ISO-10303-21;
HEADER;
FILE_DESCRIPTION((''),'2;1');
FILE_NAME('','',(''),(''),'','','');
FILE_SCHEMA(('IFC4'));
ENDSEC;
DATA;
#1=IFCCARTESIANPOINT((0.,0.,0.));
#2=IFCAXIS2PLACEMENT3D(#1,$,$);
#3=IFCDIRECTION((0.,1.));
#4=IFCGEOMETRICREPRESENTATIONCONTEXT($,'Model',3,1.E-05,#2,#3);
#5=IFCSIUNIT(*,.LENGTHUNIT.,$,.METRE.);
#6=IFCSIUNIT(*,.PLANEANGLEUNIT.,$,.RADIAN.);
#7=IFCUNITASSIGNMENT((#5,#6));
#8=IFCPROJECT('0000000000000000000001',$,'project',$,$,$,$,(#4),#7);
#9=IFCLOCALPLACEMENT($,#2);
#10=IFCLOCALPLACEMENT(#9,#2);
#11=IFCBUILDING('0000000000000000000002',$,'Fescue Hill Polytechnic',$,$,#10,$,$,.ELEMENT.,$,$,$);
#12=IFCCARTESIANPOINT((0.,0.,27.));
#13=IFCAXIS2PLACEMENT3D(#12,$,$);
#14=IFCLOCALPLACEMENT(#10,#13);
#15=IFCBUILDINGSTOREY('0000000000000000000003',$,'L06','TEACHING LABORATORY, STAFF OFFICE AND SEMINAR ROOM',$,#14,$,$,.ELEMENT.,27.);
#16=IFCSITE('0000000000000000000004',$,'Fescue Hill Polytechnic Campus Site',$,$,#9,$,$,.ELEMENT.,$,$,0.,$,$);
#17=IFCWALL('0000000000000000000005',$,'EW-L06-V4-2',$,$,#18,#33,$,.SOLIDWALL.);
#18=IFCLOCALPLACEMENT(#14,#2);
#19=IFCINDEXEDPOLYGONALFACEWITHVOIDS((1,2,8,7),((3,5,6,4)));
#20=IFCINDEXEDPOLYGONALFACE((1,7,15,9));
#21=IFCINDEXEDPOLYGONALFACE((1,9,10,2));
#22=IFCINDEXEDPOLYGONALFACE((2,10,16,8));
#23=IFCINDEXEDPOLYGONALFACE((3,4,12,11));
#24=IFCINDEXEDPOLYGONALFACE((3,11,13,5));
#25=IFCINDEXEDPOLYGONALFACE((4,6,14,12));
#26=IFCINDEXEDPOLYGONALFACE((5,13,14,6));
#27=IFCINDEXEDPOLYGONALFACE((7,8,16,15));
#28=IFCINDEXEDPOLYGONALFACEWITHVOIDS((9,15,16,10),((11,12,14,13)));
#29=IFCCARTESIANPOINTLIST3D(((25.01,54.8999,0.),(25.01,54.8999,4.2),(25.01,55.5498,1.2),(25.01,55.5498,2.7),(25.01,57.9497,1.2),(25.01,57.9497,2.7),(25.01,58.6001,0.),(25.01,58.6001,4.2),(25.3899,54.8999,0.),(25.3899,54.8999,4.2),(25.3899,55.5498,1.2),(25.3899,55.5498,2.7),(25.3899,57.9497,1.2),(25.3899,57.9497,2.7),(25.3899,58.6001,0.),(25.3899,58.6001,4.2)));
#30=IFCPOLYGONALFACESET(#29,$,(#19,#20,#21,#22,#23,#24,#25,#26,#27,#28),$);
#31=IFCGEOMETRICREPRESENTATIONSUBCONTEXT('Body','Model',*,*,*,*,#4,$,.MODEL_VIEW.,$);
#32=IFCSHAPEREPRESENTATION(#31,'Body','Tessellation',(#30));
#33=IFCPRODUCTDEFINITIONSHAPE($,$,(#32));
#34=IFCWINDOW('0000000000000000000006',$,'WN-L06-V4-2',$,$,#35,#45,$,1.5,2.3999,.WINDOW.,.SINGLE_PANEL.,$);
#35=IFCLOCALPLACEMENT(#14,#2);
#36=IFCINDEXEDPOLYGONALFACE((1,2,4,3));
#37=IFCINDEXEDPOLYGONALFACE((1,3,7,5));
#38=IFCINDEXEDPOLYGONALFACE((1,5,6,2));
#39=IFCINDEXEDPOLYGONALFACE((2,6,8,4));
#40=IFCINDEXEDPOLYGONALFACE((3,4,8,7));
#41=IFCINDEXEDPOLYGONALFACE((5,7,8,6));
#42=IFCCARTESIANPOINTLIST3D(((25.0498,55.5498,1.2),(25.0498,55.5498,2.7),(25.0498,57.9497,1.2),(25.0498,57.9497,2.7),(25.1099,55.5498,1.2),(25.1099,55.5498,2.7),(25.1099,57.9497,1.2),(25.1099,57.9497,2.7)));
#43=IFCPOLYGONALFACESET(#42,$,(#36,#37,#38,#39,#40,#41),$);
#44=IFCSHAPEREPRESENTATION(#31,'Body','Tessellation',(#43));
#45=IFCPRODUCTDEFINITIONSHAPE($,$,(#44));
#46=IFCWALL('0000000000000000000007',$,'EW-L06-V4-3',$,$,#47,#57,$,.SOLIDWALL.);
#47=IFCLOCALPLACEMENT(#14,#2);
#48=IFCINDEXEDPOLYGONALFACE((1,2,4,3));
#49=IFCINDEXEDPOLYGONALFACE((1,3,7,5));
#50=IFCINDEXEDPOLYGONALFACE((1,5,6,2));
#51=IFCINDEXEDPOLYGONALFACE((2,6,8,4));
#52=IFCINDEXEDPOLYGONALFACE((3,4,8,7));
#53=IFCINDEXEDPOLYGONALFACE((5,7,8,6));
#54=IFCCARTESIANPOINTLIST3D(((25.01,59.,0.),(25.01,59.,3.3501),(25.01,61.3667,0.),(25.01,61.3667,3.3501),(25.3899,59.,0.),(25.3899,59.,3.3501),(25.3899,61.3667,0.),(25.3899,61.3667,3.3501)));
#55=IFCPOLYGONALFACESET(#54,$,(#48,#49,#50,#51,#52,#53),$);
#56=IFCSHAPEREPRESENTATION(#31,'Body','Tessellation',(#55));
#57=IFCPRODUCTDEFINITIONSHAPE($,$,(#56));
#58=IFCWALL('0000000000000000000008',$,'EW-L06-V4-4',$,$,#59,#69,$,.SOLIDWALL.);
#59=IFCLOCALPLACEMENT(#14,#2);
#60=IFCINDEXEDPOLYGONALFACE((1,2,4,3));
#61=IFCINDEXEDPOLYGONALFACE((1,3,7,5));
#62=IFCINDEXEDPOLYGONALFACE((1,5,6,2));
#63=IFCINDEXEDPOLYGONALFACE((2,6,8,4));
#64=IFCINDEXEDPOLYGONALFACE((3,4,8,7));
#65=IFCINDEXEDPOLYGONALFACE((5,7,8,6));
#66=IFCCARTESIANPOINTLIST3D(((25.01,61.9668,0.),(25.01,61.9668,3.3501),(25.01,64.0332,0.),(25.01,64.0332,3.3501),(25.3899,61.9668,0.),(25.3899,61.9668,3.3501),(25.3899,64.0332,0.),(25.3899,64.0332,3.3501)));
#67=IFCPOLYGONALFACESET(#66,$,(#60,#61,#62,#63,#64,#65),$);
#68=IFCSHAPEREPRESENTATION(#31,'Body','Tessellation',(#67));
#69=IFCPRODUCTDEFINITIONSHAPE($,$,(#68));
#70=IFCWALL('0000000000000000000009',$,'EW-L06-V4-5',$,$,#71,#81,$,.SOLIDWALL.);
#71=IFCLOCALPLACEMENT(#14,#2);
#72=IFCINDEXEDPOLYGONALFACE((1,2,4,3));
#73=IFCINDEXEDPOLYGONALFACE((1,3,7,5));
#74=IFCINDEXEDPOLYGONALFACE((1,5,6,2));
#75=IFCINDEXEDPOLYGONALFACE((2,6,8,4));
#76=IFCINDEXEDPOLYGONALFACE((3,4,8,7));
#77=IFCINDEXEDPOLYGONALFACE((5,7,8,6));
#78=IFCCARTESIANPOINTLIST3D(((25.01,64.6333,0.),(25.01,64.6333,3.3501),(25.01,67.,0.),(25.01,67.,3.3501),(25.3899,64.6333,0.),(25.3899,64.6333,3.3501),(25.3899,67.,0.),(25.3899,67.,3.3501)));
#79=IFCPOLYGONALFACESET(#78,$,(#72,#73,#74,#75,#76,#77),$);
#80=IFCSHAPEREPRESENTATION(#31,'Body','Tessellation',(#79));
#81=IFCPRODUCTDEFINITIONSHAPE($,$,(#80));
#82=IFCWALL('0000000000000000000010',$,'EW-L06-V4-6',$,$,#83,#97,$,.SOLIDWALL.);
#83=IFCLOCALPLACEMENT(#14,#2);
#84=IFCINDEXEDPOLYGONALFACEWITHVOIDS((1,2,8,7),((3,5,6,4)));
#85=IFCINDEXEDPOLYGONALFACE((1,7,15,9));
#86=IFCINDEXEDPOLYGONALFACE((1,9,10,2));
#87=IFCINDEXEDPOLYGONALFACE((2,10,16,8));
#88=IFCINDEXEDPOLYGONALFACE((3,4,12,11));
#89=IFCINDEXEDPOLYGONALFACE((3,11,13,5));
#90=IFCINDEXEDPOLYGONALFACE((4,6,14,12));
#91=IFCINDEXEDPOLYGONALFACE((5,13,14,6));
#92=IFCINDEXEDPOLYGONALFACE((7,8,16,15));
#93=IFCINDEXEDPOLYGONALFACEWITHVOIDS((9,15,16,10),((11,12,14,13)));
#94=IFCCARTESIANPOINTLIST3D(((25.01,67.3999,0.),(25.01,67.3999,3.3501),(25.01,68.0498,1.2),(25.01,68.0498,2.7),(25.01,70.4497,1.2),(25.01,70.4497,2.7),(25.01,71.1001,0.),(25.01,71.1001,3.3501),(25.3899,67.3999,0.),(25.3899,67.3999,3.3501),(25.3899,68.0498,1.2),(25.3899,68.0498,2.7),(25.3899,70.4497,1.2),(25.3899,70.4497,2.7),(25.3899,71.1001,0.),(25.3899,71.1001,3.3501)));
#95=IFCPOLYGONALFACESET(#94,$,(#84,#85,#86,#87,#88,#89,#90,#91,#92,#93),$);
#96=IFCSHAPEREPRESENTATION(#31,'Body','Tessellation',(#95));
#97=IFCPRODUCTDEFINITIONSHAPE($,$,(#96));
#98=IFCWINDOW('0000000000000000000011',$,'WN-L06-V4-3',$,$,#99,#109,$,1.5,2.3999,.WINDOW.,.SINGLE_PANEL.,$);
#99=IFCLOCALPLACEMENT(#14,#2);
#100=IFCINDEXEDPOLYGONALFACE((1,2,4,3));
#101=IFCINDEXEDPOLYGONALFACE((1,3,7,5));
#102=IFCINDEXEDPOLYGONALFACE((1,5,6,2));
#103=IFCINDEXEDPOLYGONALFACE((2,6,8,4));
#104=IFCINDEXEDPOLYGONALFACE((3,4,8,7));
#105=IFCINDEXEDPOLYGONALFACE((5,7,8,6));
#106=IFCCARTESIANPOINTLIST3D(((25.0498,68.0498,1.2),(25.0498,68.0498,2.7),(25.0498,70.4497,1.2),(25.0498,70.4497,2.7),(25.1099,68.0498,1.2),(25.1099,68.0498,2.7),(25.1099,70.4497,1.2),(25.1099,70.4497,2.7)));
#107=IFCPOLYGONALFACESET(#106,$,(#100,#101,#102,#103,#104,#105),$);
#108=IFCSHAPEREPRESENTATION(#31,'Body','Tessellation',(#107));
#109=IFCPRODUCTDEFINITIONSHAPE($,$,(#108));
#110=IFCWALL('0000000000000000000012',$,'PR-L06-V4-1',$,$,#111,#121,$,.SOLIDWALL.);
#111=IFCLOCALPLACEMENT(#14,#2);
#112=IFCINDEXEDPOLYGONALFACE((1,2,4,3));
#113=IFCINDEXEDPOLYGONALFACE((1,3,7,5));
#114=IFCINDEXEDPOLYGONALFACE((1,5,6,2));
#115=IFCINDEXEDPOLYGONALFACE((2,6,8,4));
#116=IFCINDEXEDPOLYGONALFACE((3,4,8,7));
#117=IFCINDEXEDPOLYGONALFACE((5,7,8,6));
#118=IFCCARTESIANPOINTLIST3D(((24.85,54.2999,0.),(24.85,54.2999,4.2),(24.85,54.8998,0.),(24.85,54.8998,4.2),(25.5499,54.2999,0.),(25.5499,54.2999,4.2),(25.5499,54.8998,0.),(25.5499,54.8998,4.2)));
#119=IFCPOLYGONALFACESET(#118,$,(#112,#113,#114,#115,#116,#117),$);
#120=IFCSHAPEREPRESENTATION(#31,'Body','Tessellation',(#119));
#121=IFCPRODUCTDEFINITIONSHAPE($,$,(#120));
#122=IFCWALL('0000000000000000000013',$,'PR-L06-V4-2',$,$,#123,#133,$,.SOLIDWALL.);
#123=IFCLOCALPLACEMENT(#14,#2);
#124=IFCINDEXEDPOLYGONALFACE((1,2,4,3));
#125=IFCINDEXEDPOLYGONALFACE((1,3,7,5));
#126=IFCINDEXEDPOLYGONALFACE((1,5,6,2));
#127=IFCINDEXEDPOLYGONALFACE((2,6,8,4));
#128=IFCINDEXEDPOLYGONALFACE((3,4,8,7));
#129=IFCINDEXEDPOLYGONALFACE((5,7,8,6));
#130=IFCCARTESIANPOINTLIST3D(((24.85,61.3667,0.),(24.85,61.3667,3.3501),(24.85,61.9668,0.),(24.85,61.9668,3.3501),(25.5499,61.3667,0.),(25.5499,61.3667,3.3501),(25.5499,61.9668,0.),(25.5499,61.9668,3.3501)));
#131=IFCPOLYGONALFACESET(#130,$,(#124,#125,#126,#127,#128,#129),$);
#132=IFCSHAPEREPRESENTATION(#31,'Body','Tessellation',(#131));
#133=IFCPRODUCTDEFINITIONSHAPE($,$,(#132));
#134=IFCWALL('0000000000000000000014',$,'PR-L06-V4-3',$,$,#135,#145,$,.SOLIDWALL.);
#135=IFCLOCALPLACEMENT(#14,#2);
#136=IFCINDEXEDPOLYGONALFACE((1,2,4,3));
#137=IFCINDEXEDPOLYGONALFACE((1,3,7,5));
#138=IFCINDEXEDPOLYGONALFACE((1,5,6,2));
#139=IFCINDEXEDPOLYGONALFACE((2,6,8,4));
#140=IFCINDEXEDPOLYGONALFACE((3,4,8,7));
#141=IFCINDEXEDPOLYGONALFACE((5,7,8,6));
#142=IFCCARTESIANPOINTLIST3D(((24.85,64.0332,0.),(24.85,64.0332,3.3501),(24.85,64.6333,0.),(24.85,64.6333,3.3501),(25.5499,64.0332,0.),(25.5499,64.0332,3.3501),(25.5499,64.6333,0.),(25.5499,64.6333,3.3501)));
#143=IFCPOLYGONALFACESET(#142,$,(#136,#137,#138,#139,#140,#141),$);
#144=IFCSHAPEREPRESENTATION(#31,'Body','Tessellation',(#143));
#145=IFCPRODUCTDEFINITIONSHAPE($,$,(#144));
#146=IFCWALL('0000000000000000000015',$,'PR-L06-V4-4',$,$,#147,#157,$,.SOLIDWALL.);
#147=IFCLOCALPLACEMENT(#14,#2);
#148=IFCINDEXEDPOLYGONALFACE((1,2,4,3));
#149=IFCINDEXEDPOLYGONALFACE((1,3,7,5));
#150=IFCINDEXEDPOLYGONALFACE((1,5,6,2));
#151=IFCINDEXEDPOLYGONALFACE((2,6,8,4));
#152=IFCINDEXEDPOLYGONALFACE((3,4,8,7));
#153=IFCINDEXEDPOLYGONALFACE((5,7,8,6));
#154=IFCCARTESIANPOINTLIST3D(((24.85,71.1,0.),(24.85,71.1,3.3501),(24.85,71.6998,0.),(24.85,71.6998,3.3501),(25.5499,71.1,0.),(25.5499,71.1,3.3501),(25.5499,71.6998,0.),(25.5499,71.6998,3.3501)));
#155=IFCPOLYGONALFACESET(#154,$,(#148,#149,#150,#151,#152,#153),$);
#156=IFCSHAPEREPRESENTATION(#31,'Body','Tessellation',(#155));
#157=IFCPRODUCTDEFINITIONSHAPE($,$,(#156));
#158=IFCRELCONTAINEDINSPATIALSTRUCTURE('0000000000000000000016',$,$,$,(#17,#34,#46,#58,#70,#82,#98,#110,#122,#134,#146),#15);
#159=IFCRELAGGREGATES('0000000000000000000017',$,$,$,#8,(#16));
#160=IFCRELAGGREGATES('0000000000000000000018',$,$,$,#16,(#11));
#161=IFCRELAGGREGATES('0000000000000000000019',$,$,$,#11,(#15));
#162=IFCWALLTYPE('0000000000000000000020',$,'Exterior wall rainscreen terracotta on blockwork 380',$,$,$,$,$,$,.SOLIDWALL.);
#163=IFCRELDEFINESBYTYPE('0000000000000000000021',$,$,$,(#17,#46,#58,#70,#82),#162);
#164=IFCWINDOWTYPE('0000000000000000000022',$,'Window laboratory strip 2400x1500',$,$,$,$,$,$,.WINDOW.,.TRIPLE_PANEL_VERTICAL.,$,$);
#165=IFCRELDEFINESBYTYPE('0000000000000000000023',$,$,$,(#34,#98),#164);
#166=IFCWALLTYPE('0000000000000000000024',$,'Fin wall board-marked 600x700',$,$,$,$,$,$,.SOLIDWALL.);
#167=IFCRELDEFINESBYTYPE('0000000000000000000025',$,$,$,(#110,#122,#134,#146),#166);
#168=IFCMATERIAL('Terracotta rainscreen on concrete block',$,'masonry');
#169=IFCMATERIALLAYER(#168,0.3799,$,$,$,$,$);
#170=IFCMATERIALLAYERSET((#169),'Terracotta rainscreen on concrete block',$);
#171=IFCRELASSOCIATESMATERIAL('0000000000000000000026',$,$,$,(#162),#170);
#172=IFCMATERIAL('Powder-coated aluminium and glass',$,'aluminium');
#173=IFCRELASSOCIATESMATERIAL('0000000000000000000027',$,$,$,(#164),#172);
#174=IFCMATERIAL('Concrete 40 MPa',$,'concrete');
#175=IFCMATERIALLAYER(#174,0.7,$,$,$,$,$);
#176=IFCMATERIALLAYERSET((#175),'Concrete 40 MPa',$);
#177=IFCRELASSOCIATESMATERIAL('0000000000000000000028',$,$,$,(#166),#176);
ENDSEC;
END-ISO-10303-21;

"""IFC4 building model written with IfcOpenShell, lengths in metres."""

from ifc_helpers import new_model, si_unit, direction, frame, frame_2d, origin, place, context, subcontext, project, spatial, rectangle, extrude, material, layer, layer_set, type_object, element, fill, save


model = new_model("IFC4")

# Units and contexts
model_context = context("Model", 3, precision=1e-05, world=origin(), true_north=direction((0.0, 1.0)))
body_context = subcontext(model_context, "Body", "Model", "MODEL_VIEW")
ifc_project = project(units=[si_unit("LENGTHUNIT", "METRE"), si_unit("PLANEANGLEUNIT", "RADIAN")], contexts=[model_context])

# Site, building, storey
site_placement = place(None, origin())
site = spatial("IfcSite", under=ifc_project, at=site_placement, Name="Fescue Hill Polytechnic Campus Site", CompositionType="ELEMENT", RefElevation=0.0)
building_placement = place(site_placement, origin())
building = spatial("IfcBuilding", under=site, at=building_placement, Name="Fescue Hill Polytechnic", CompositionType="ELEMENT")
storey_placement = place(building_placement, frame((0.0, 0.0, 27.0)))
storey = spatial("IfcBuildingStorey", under=building, at=storey_placement, Name="L06", Description="TEACHING LABORATORY, STAFF OFFICE AND SEMINAR ROOM", CompositionType="ELEMENT", Elevation=27.0)

# Shared definitions
ifc_material_1 = material(Name="Concrete 40 MPa", Category="concrete")

# Wall, opening, window
ifc_material_2 = material(Name="Terracotta rainscreen on concrete block", Category="masonry")
ifc_layer_1 = layer(ifc_material_2, 0.3799)
ifc_layer_set_1 = layer_set([ifc_layer_1], Name="Terracotta rainscreen on concrete block")
wall_type_1 = type_object("IfcWallType", Name="Exterior wall rainscreen terracotta on blockwork 380", PredefinedType="SOLIDWALL", material=ifc_layer_set_1)
ifc_material_3 = material(Name="Powder-coated aluminium and glass", Category="aluminium")
window_type = type_object("IfcWindowType", Name="Window laboratory strip 2400x1500", PartitioningType="TRIPLE_PANEL_VERTICAL", PredefinedType="WINDOW", material=ifc_material_3)
wall_1_placement = place(storey_placement, frame((25.2, 54.8999, 0.0), z_axis=(0.0, 0.0, 1.0), x_axis=(0.0, 1.0, 0.0)))
wall_1 = element("IfcWall", 1, at=wall_1_placement, inside=storey, type_object=wall_type_1, Name="EW-L06-V4-2", PredefinedType="SOLIDWALL", context=body_context, shape_type="SweptSolid", body=[
    extrude(rectangle(XDim=3.7002, YDim=0.3799, at=frame_2d((1.8501, 0.0))), origin(), (0.0, 0.0, 1.0), 4.2),
])
opening_1_placement = place(wall_1_placement, frame((0.6499, 0.0, 1.2)))
opening_1 = element("IfcOpeningElement", 2, at=opening_1_placement, cuts=wall_1, PredefinedType="OPENING", context=body_context, shape_type="SweptSolid", body=[
    extrude(rectangle(XDim=2.3999, YDim=1.5, at=frame_2d((1.2, 0.75))), frame((0.0, 0.2, 0.0), z_axis=(0.0, -1.0, 0.0), x_axis=(1.0, 0.0, 0.0)), (0.0, 0.0, 1.0), 0.3999),
])
window_1_placement = place(opening_1_placement, origin())
window_1 = element("IfcWindow", 3, at=window_1_placement, inside=storey, type_object=window_type, Name="WN-L06-V4-2", OverallHeight=1.5, OverallWidth=2.3999, PartitioningType="SINGLE_PANEL", PredefinedType="WINDOW", context=body_context, shape_type="SweptSolid", body=[
    extrude(rectangle(XDim=2.3999, YDim=1.5, at=frame_2d((1.2, 0.75))), frame((0.0, 0.1501, 0.0), z_axis=(0.0, -1.0, 0.0), x_axis=(1.0, 0.0, 0.0)), (0.0, 0.0, 1.0), 0.0601),
])
fill(opening_1, window_1)

# Walls
wall_2_placement = place(storey_placement, frame((25.2, 59.0, 0.0), z_axis=(0.0, 0.0, 1.0), x_axis=(0.0, 1.0, 0.0)))
element("IfcWall", 4, at=wall_2_placement, inside=storey, type_object=wall_type_1, Name="EW-L06-V4-3", PredefinedType="SOLIDWALL", context=body_context, shape_type="SweptSolid", body=[
    extrude(rectangle(XDim=2.3667, YDim=0.3799, at=frame_2d((1.1833, 0.0))), origin(), (0.0, 0.0, 1.0), 3.3501),
])
wall_3_placement = place(storey_placement, frame((25.2, 61.9668, 0.0), z_axis=(0.0, 0.0, 1.0), x_axis=(0.0, 1.0, 0.0)))
element("IfcWall", 5, at=wall_3_placement, inside=storey, type_object=wall_type_1, Name="EW-L06-V4-4", PredefinedType="SOLIDWALL", context=body_context, shape_type="SweptSolid", body=[
    extrude(rectangle(XDim=2.0664, YDim=0.3799, at=frame_2d((1.0332, 0.0))), origin(), (0.0, 0.0, 1.0), 3.3501),
])
wall_4_placement = place(storey_placement, frame((25.2, 64.6333, 0.0), z_axis=(0.0, 0.0, 1.0), x_axis=(0.0, 1.0, 0.0)))
element("IfcWall", 6, at=wall_4_placement, inside=storey, type_object=wall_type_1, Name="EW-L06-V4-5", PredefinedType="SOLIDWALL", context=body_context, shape_type="SweptSolid", body=[
    extrude(rectangle(XDim=2.3667, YDim=0.3799, at=frame_2d((1.1833, 0.0))), origin(), (0.0, 0.0, 1.0), 3.3501),
])

# Wall, opening, window
wall_5_placement = place(storey_placement, frame((25.2, 67.3999, 0.0), z_axis=(0.0, 0.0, 1.0), x_axis=(0.0, 1.0, 0.0)))
wall_5 = element("IfcWall", 7, at=wall_5_placement, inside=storey, type_object=wall_type_1, Name="EW-L06-V4-6", PredefinedType="SOLIDWALL", context=body_context, shape_type="SweptSolid", body=[
    extrude(rectangle(XDim=3.7002, YDim=0.3799, at=frame_2d((1.8501, 0.0))), origin(), (0.0, 0.0, 1.0), 3.3501),
])
opening_2_placement = place(wall_5_placement, frame((0.6499, 0.0, 1.2)))
opening_2 = element("IfcOpeningElement", 8, at=opening_2_placement, cuts=wall_5, PredefinedType="OPENING", context=body_context, shape_type="SweptSolid", body=[
    extrude(rectangle(XDim=2.3999, YDim=1.5, at=frame_2d((1.2, 0.75))), frame((0.0, 0.2, 0.0), z_axis=(0.0, -1.0, 0.0), x_axis=(1.0, 0.0, 0.0)), (0.0, 0.0, 1.0), 0.3999),
])
window_2_placement = place(opening_2_placement, origin())
window_2 = element("IfcWindow", 9, at=window_2_placement, inside=storey, type_object=window_type, Name="WN-L06-V4-3", OverallHeight=1.5, OverallWidth=2.3999, PartitioningType="SINGLE_PANEL", PredefinedType="WINDOW", context=body_context, shape_type="SweptSolid", body=[
    extrude(rectangle(XDim=2.3999, YDim=1.5, at=frame_2d((1.2, 0.75))), frame((0.0, 0.1501, 0.0), z_axis=(0.0, -1.0, 0.0), x_axis=(1.0, 0.0, 0.0)), (0.0, 0.0, 1.0), 0.0601),
])
fill(opening_2, window_2)

# Walls
ifc_layer_2 = layer(ifc_material_1, 0.7)
ifc_layer_set_2 = layer_set([ifc_layer_2], Name="Concrete 40 MPa")
wall_type_2 = type_object("IfcWallType", Name="Fin wall board-marked 600x700", PredefinedType="SOLIDWALL", material=ifc_layer_set_2)
wall_6_placement = place(storey_placement, frame((25.2, 54.3, 0.0), z_axis=(0.0, 0.0, 1.0), x_axis=(0.0, 1.0, 0.0)))
element("IfcWall", 10, at=wall_6_placement, inside=storey, type_object=wall_type_2, Name="PR-L06-V4-1", PredefinedType="SOLIDWALL", context=body_context, shape_type="SweptSolid", body=[
    extrude(rectangle(XDim=0.5999, YDim=0.7, at=frame_2d((0.2998, 0.0))), origin(), (0.0, 0.0, 1.0), 4.2),
])
for number, where, z_axis, x_axis, name in (
    (11, (25.2, 61.3667, 0.0), (0.0, 0.0, 1.0), (0.0, 1.0, 0.0), "PR-L06-V4-2"),
    (12, (25.2, 64.0332, 0.0), (0.0, 0.0, 1.0), (0.0, 1.0, 0.0), "PR-L06-V4-3"),
):
    element("IfcWall", number, at=place(storey_placement, frame(where, z_axis=z_axis, x_axis=x_axis)), inside=storey, type_object=wall_type_2, Name=name, PredefinedType="SOLIDWALL", context=body_context, shape_type="SweptSolid", body=[
        extrude(rectangle(XDim=0.6001, YDim=0.7, at=frame_2d((0.3, 0.0))), origin(), (0.0, 0.0, 1.0), 3.3501),
    ])
wall_7_placement = place(storey_placement, frame((25.2, 71.1001, 0.0), z_axis=(0.0, 0.0, 1.0), x_axis=(0.0, 1.0, 0.0)))
element("IfcWall", 13, at=wall_7_placement, inside=storey, type_object=wall_type_2, Name="PR-L06-V4-4", PredefinedType="SOLIDWALL", context=body_context, shape_type="SweptSolid", body=[
    extrude(rectangle(XDim=0.5999, YDim=0.7, at=frame_2d((0.2998, 0.0))), origin(), (0.0, 0.0, 1.0), 3.3501),
])

save(model, "model.ifc")
